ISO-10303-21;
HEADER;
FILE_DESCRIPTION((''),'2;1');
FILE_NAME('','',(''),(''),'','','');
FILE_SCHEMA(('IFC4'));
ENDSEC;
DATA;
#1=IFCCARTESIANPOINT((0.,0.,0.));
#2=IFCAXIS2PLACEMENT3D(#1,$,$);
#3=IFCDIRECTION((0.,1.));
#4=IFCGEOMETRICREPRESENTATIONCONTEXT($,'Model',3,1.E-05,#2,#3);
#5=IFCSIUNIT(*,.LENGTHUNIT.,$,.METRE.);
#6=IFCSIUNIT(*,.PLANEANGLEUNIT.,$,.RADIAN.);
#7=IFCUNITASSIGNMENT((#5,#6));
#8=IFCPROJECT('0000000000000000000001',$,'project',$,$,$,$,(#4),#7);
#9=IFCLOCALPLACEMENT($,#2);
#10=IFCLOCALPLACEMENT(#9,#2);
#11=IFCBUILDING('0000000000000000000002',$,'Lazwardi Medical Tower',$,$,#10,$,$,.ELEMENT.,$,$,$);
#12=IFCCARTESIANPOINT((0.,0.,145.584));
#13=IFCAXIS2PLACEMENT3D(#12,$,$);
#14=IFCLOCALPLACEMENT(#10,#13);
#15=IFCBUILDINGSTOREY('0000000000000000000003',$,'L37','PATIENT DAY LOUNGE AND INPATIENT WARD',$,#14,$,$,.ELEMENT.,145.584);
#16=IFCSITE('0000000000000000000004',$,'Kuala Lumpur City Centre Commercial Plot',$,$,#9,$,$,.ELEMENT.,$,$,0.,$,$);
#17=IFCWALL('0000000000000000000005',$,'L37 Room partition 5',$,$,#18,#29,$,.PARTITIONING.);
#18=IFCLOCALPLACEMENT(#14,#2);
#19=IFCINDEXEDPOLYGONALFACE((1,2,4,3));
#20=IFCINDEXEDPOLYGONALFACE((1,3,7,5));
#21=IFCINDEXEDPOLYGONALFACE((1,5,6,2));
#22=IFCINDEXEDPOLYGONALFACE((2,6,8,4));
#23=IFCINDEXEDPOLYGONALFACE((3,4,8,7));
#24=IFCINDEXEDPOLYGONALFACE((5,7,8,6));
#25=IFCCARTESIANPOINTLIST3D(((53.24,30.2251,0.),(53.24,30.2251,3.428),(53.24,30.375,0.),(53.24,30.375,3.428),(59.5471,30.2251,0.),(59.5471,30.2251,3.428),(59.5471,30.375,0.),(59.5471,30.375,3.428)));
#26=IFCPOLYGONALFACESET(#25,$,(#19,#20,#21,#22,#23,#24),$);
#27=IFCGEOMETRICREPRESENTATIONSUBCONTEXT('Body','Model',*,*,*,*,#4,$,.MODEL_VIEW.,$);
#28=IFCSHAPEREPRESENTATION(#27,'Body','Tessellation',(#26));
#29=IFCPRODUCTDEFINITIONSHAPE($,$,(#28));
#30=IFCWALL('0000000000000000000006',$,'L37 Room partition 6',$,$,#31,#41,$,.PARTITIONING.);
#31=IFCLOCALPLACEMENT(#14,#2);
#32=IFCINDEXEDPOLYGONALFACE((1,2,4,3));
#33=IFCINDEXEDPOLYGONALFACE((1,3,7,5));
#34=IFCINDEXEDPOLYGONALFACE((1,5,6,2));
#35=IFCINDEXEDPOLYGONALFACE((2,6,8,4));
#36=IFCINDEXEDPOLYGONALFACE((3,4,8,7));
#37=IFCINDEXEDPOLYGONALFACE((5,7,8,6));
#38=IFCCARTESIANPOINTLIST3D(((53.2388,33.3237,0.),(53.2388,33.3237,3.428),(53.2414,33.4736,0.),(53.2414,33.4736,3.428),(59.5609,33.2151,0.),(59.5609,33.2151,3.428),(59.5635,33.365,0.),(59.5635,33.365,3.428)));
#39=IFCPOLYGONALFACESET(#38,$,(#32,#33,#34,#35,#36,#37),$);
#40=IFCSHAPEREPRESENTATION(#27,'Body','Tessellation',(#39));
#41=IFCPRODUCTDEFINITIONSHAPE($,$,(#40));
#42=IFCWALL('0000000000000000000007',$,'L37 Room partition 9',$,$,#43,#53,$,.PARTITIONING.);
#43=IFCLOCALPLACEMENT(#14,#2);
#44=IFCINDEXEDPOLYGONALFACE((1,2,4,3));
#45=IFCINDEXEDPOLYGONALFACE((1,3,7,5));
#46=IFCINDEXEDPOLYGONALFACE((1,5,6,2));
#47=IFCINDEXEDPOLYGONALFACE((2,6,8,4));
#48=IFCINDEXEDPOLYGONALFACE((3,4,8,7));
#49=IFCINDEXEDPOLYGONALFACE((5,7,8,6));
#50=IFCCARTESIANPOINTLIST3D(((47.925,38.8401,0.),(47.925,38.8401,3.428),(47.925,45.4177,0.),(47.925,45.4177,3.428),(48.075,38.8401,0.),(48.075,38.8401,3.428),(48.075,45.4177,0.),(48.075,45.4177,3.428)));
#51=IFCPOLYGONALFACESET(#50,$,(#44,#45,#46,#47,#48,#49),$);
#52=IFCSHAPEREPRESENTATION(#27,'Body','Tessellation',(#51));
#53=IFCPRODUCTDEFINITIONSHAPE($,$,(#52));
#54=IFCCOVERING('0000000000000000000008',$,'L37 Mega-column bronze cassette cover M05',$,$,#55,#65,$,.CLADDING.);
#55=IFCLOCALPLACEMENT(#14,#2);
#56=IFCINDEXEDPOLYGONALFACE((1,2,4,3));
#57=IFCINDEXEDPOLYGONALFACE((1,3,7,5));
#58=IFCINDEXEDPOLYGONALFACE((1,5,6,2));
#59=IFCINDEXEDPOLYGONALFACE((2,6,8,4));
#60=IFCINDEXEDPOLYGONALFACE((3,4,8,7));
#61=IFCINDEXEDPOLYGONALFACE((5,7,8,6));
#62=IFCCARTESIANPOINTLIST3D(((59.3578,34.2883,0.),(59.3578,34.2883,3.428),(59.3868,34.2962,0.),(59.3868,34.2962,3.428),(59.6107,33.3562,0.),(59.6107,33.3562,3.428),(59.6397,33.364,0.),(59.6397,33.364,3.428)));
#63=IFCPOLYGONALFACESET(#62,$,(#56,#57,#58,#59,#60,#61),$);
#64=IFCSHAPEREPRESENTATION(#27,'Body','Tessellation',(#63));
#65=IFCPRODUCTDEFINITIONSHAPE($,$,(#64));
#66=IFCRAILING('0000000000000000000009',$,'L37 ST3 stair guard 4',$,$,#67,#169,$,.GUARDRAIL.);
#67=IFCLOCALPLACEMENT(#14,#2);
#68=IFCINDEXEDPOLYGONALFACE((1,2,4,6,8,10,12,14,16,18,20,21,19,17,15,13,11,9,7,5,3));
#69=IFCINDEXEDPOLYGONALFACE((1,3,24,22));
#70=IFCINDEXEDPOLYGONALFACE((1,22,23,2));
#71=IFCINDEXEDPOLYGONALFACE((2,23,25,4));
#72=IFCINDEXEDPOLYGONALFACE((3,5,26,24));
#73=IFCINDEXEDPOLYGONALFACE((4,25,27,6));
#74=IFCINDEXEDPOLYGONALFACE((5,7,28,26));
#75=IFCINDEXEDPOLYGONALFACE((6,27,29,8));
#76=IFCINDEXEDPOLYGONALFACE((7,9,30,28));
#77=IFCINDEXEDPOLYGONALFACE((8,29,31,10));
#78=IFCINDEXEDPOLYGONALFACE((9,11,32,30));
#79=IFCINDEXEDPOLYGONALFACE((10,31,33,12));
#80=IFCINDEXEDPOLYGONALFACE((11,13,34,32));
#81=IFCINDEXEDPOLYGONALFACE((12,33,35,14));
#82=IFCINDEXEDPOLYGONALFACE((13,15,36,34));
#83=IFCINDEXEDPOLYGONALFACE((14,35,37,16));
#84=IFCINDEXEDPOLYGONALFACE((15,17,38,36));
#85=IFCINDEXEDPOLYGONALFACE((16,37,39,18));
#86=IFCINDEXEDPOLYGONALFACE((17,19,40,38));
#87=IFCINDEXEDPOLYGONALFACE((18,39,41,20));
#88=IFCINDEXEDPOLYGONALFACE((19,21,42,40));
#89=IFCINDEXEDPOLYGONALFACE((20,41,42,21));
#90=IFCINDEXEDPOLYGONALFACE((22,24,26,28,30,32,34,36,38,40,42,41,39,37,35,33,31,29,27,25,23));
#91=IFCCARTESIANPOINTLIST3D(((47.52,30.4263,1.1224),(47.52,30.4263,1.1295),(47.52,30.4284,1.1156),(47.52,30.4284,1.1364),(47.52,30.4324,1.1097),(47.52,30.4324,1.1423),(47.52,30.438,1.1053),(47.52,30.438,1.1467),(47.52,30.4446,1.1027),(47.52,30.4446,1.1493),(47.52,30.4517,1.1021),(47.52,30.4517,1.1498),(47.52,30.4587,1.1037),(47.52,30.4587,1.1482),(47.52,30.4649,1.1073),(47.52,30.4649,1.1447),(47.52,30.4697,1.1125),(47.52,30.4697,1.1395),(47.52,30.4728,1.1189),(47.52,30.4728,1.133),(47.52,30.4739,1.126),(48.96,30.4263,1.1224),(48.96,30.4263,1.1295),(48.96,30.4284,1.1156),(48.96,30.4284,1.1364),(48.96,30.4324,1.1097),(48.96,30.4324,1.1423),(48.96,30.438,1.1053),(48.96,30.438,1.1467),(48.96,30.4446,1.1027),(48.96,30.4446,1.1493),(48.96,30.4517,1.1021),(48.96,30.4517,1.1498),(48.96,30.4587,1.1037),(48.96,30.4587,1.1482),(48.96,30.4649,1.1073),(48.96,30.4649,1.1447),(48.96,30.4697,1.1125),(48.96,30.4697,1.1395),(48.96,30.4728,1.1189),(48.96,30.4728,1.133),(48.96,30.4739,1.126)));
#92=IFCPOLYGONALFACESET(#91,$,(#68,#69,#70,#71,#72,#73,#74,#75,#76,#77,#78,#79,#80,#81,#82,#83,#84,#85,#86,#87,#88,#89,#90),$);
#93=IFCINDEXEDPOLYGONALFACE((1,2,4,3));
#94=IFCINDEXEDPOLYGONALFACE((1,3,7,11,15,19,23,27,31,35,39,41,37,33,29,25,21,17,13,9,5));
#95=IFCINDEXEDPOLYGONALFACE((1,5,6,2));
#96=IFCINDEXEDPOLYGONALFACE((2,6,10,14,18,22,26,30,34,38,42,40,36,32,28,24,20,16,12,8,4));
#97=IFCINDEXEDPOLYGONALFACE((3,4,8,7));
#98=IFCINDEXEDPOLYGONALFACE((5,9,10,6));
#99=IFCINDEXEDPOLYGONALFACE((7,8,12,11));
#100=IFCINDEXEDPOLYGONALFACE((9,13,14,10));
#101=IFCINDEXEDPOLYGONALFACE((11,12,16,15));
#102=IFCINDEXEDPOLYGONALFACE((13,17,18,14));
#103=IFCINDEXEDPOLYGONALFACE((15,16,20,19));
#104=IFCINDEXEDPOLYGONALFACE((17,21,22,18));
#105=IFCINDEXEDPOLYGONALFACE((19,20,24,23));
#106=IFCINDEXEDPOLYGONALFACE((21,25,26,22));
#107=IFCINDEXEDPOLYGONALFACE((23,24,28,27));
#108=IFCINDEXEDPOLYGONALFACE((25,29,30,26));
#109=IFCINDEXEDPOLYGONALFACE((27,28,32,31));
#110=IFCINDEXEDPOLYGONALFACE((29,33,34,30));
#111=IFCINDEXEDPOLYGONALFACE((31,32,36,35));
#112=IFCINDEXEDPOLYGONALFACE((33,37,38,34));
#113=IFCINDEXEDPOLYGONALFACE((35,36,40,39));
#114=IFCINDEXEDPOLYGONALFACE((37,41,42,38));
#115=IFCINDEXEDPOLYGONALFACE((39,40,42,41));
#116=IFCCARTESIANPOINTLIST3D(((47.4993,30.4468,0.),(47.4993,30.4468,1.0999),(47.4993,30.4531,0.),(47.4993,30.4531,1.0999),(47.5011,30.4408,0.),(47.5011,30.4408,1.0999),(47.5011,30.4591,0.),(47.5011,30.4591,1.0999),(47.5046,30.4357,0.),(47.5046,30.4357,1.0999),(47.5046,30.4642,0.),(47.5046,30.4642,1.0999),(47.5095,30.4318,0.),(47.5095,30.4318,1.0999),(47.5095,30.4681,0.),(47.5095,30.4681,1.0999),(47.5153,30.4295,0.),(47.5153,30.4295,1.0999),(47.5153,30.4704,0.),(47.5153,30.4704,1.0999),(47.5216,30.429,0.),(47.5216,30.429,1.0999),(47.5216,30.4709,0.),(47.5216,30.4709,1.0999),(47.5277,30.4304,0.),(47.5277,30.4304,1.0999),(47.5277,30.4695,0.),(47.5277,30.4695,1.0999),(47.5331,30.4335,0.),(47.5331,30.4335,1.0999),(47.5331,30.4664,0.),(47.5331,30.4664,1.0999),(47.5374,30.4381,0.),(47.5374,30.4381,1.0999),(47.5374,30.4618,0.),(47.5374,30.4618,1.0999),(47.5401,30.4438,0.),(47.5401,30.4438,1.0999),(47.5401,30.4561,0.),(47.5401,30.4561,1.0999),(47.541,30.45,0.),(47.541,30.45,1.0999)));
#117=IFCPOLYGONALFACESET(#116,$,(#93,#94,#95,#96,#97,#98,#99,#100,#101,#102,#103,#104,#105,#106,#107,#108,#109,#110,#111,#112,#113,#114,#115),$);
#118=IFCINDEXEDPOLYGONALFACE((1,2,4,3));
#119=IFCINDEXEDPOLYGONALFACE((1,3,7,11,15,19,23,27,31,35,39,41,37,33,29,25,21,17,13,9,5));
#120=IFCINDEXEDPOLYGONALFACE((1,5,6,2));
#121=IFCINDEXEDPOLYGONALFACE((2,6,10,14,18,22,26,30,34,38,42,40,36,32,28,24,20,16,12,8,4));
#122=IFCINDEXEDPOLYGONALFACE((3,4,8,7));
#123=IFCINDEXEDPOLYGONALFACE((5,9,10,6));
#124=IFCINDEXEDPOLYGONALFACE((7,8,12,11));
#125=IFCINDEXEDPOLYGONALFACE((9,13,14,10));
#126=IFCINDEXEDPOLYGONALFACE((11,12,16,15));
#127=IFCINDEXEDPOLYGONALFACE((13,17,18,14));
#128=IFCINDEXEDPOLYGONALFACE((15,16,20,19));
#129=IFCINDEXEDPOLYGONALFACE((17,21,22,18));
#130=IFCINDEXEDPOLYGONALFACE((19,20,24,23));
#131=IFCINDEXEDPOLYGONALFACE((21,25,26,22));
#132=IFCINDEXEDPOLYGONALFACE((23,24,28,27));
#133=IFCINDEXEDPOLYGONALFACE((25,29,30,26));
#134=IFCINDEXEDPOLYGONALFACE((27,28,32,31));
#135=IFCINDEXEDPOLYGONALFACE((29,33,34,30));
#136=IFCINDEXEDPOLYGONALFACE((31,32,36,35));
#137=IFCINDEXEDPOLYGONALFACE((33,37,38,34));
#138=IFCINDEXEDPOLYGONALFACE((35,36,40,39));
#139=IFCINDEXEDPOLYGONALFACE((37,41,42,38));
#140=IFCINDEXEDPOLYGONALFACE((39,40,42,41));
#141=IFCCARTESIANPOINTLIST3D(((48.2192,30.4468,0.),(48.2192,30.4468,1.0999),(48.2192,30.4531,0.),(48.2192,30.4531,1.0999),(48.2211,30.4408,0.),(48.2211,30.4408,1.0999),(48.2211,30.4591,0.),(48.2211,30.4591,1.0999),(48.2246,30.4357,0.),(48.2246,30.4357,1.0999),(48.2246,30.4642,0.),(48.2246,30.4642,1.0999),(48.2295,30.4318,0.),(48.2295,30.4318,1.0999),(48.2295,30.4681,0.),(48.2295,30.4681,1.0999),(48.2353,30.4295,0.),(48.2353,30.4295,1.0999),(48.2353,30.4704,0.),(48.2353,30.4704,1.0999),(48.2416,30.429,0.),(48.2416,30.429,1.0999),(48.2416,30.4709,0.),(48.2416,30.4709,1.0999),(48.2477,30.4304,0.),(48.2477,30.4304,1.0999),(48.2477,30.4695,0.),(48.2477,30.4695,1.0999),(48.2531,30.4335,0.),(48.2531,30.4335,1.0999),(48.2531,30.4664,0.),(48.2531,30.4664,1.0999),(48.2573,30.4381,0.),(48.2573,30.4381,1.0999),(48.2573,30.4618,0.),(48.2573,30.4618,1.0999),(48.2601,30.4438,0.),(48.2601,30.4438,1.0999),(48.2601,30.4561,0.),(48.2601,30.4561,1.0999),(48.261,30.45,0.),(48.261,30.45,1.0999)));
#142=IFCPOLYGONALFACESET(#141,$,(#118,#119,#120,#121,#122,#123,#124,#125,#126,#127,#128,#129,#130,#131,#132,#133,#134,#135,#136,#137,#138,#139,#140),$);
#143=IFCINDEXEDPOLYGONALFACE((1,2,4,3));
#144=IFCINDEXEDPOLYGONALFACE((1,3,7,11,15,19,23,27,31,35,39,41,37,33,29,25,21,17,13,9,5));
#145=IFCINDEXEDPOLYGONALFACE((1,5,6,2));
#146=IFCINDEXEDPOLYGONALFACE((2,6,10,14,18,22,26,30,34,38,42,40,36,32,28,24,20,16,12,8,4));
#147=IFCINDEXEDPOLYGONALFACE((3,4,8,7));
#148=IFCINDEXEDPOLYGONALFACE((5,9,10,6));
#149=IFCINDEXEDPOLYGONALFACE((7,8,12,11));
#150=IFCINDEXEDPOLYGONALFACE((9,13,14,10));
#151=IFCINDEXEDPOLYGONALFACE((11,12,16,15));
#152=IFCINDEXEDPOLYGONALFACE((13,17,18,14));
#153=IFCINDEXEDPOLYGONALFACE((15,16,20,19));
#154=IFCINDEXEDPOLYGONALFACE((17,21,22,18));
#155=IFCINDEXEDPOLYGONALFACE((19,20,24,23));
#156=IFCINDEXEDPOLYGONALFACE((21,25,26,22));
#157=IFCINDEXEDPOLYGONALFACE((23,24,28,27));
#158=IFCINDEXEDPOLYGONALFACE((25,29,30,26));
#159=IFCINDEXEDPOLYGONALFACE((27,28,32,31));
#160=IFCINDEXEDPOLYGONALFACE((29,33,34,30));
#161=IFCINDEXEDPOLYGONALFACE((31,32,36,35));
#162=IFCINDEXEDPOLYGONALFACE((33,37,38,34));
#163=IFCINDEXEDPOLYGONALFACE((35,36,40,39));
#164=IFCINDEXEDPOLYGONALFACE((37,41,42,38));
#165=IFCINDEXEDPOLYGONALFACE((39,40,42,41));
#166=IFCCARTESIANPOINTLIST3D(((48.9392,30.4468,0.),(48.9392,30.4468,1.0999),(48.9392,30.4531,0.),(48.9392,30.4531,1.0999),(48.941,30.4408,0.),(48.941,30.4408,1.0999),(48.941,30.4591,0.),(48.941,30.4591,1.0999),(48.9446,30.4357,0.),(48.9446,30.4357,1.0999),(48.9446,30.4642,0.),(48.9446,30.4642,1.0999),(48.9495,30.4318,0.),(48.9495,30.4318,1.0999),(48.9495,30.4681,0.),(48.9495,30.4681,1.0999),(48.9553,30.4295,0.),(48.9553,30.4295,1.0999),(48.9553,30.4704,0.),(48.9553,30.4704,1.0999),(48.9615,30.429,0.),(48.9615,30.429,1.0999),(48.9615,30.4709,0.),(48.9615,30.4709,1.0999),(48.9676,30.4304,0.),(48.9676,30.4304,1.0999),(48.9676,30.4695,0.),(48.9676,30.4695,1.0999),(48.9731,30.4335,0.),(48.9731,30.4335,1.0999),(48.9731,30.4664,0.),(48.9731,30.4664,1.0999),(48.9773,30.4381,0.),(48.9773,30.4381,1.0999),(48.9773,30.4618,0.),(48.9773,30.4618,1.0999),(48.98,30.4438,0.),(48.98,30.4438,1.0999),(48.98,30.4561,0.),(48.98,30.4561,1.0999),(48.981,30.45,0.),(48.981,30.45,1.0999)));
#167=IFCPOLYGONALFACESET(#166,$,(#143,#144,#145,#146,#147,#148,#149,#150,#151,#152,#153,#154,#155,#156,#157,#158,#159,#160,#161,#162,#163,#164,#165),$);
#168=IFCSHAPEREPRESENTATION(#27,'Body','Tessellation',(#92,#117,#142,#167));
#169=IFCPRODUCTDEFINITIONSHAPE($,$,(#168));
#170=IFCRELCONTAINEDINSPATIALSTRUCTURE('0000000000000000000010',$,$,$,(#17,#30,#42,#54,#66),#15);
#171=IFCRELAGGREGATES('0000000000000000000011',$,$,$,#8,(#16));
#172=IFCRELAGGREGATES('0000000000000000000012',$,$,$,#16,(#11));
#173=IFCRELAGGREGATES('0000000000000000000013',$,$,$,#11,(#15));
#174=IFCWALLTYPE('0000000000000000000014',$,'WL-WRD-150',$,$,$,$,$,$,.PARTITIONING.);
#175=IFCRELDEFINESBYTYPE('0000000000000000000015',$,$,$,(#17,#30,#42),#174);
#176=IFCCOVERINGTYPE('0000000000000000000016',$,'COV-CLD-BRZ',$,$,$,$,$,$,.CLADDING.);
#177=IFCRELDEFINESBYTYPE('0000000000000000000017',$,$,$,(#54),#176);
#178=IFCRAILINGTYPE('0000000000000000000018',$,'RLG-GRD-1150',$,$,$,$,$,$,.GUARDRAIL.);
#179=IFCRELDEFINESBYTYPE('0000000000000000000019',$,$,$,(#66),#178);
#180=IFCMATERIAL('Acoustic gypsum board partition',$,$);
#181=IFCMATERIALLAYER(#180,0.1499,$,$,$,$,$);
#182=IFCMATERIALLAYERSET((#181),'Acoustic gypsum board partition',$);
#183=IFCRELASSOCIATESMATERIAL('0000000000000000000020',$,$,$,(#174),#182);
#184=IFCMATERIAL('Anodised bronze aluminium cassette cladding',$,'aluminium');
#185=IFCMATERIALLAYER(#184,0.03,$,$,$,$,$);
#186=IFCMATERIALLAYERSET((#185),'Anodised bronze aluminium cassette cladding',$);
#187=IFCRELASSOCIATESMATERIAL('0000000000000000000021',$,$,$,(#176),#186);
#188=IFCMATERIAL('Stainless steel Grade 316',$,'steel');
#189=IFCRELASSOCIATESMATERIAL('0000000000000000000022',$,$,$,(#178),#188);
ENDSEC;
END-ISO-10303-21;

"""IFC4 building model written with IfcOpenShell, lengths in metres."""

from ifc_helpers import new_model, si_unit, direction, frame, frame_2d, origin, origin_2d, place, context, subcontext, project, spatial, rectangle, circle, extrude, material, layer, layer_set, type_object, element, save


model = new_model("IFC4")

# Units and contexts
model_context = context("Model", 3, precision=1e-05, world=origin(), true_north=direction((0.0, 1.0)))
body_context = subcontext(model_context, "Body", "Model", "MODEL_VIEW")
ifc_project = project(units=[si_unit("LENGTHUNIT", "METRE"), si_unit("PLANEANGLEUNIT", "RADIAN")], contexts=[model_context])

# Site, building, storey
site_placement = place(None, origin())
site = spatial("IfcSite", under=ifc_project, at=site_placement, Name="Kuala Lumpur City Centre Commercial Plot", CompositionType="ELEMENT", RefElevation=0.0)
building_placement = place(site_placement, origin())
building = spatial("IfcBuilding", under=site, at=building_placement, Name="Lazwardi Medical Tower", CompositionType="ELEMENT")
storey_placement = place(building_placement, frame((0.0, 0.0, 145.584)))
storey = spatial("IfcBuildingStorey", under=building, at=storey_placement, Name="L37", Description="PATIENT DAY LOUNGE AND INPATIENT WARD", CompositionType="ELEMENT", Elevation=145.584)

# Walls
ifc_material_1 = material(Name="Acoustic gypsum board partition")
ifc_layer_1 = layer(ifc_material_1, 0.1499)
ifc_layer_set_1 = layer_set([ifc_layer_1], Name="Acoustic gypsum board partition")
wall_type_1 = type_object("IfcWallType", Name="WL-WRD-150", PredefinedType="PARTITIONING", material=ifc_layer_set_1)
wall_1_placement = place(storey_placement, frame((53.24, 30.3, 0.0), z_axis=(0.0, 0.0, 1.0), x_axis=(1.0, 0.0, 0.0)))
element("IfcWall", 1, at=wall_1_placement, inside=storey, type_object=wall_type_1, Name="L37 Room partition 5", PredefinedType="PARTITIONING", context=body_context, shape_type="SweptSolid", body=[
    extrude(rectangle(XDim=6.3071, YDim=0.1499, at=frame_2d((3.1536, 0.0))), origin(), (0.0, 0.0, 1.0), 3.428),
])
wall_2_placement = place(storey_placement, frame((53.24, 33.3987, 0.0), z_axis=(0.0, 0.0, 1.0), x_axis=(0.999852, -0.017182, 0.0)))
element("IfcWall", 2, at=wall_2_placement, inside=storey, type_object=wall_type_1, Name="L37 Room partition 6", PredefinedType="PARTITIONING", context=body_context, shape_type="SweptSolid", body=[
    extrude(rectangle(XDim=6.323, YDim=0.1499, at=frame_2d((3.1616, 0.0))), origin(), (0.0, 0.0, 1.0), 3.428),
])
wall_3_placement = place(storey_placement, frame((48.0, 38.8401, 0.0), z_axis=(0.0, 0.0, 1.0), x_axis=(0.0, 1.0, 0.0)))
element("IfcWall", 3, at=wall_3_placement, inside=storey, type_object=wall_type_1, Name="L37 Room partition 9", PredefinedType="PARTITIONING", context=body_context, shape_type="SweptSolid", body=[
    extrude(rectangle(XDim=6.5776, YDim=0.1499, at=frame_2d((3.2888, 0.0))), origin(), (0.0, 0.0, 1.0), 3.428),
])

# Covering
ifc_material_2 = material(Name="Anodised bronze aluminium cassette cladding", Category="aluminium")
ifc_layer_2 = layer(ifc_material_2, 0.03)
ifc_layer_set_2 = layer_set([ifc_layer_2], Name="Anodised bronze aluminium cassette cladding")
covering_type = type_object("IfcCoveringType", Name="COV-CLD-BRZ", PredefinedType="CLADDING", material=ifc_layer_set_2)
covering_placement = place(storey_placement, frame((59.4988, 33.8262, 0.0), z_axis=(0.0, 0.0, 1.0), x_axis=(-0.261829, 0.965114, 0.0)))
element("IfcCovering", 4, at=covering_placement, inside=storey, type_object=covering_type, Name="L37 Mega-column bronze cassette cover M05", PredefinedType="CLADDING", context=body_context, shape_type="SweptSolid", body=[
    extrude(rectangle(XDim=0.9658, YDim=0.03, at=origin_2d()), origin(), (0.0, 0.0, 1.0), 3.428),
])

# Railing
ifc_material_3 = material(Name="Stainless steel Grade 316", Category="steel")
railing_type = type_object("IfcRailingType", Name="RLG-GRD-1150", PredefinedType="GUARDRAIL", material=ifc_material_3)
railing_placement = place(storey_placement, frame((47.52, 30.45, 0.0)))
element("IfcRailing", 5, at=railing_placement, inside=storey, type_object=railing_type, Name="L37 ST3 stair guard 4", PredefinedType="GUARDRAIL", context=body_context, shape_type="SweptSolid", body=[
    extrude(circle(Radius=0.0239, at=origin_2d()), frame((0.0, 0.0, 1.126), z_axis=(1.0, 0.0, 0.0), x_axis=(0.0, 1.0, 0.0)), (0.0, 0.0, 1.0), 1.4399),
    extrude(circle(Radius=0.021, at=origin_2d()), origin(), (0.0, 0.0, 1.0), 1.0999),
    extrude(circle(Radius=0.021, at=origin_2d()), frame((0.72, 0.0, 0.0)), (0.0, 0.0, 1.0), 1.0999),
    extrude(circle(Radius=0.021, at=origin_2d()), frame((1.4399, 0.0, 0.0)), (0.0, 0.0, 1.0), 1.0999),
])

save(model, "model.ifc")
